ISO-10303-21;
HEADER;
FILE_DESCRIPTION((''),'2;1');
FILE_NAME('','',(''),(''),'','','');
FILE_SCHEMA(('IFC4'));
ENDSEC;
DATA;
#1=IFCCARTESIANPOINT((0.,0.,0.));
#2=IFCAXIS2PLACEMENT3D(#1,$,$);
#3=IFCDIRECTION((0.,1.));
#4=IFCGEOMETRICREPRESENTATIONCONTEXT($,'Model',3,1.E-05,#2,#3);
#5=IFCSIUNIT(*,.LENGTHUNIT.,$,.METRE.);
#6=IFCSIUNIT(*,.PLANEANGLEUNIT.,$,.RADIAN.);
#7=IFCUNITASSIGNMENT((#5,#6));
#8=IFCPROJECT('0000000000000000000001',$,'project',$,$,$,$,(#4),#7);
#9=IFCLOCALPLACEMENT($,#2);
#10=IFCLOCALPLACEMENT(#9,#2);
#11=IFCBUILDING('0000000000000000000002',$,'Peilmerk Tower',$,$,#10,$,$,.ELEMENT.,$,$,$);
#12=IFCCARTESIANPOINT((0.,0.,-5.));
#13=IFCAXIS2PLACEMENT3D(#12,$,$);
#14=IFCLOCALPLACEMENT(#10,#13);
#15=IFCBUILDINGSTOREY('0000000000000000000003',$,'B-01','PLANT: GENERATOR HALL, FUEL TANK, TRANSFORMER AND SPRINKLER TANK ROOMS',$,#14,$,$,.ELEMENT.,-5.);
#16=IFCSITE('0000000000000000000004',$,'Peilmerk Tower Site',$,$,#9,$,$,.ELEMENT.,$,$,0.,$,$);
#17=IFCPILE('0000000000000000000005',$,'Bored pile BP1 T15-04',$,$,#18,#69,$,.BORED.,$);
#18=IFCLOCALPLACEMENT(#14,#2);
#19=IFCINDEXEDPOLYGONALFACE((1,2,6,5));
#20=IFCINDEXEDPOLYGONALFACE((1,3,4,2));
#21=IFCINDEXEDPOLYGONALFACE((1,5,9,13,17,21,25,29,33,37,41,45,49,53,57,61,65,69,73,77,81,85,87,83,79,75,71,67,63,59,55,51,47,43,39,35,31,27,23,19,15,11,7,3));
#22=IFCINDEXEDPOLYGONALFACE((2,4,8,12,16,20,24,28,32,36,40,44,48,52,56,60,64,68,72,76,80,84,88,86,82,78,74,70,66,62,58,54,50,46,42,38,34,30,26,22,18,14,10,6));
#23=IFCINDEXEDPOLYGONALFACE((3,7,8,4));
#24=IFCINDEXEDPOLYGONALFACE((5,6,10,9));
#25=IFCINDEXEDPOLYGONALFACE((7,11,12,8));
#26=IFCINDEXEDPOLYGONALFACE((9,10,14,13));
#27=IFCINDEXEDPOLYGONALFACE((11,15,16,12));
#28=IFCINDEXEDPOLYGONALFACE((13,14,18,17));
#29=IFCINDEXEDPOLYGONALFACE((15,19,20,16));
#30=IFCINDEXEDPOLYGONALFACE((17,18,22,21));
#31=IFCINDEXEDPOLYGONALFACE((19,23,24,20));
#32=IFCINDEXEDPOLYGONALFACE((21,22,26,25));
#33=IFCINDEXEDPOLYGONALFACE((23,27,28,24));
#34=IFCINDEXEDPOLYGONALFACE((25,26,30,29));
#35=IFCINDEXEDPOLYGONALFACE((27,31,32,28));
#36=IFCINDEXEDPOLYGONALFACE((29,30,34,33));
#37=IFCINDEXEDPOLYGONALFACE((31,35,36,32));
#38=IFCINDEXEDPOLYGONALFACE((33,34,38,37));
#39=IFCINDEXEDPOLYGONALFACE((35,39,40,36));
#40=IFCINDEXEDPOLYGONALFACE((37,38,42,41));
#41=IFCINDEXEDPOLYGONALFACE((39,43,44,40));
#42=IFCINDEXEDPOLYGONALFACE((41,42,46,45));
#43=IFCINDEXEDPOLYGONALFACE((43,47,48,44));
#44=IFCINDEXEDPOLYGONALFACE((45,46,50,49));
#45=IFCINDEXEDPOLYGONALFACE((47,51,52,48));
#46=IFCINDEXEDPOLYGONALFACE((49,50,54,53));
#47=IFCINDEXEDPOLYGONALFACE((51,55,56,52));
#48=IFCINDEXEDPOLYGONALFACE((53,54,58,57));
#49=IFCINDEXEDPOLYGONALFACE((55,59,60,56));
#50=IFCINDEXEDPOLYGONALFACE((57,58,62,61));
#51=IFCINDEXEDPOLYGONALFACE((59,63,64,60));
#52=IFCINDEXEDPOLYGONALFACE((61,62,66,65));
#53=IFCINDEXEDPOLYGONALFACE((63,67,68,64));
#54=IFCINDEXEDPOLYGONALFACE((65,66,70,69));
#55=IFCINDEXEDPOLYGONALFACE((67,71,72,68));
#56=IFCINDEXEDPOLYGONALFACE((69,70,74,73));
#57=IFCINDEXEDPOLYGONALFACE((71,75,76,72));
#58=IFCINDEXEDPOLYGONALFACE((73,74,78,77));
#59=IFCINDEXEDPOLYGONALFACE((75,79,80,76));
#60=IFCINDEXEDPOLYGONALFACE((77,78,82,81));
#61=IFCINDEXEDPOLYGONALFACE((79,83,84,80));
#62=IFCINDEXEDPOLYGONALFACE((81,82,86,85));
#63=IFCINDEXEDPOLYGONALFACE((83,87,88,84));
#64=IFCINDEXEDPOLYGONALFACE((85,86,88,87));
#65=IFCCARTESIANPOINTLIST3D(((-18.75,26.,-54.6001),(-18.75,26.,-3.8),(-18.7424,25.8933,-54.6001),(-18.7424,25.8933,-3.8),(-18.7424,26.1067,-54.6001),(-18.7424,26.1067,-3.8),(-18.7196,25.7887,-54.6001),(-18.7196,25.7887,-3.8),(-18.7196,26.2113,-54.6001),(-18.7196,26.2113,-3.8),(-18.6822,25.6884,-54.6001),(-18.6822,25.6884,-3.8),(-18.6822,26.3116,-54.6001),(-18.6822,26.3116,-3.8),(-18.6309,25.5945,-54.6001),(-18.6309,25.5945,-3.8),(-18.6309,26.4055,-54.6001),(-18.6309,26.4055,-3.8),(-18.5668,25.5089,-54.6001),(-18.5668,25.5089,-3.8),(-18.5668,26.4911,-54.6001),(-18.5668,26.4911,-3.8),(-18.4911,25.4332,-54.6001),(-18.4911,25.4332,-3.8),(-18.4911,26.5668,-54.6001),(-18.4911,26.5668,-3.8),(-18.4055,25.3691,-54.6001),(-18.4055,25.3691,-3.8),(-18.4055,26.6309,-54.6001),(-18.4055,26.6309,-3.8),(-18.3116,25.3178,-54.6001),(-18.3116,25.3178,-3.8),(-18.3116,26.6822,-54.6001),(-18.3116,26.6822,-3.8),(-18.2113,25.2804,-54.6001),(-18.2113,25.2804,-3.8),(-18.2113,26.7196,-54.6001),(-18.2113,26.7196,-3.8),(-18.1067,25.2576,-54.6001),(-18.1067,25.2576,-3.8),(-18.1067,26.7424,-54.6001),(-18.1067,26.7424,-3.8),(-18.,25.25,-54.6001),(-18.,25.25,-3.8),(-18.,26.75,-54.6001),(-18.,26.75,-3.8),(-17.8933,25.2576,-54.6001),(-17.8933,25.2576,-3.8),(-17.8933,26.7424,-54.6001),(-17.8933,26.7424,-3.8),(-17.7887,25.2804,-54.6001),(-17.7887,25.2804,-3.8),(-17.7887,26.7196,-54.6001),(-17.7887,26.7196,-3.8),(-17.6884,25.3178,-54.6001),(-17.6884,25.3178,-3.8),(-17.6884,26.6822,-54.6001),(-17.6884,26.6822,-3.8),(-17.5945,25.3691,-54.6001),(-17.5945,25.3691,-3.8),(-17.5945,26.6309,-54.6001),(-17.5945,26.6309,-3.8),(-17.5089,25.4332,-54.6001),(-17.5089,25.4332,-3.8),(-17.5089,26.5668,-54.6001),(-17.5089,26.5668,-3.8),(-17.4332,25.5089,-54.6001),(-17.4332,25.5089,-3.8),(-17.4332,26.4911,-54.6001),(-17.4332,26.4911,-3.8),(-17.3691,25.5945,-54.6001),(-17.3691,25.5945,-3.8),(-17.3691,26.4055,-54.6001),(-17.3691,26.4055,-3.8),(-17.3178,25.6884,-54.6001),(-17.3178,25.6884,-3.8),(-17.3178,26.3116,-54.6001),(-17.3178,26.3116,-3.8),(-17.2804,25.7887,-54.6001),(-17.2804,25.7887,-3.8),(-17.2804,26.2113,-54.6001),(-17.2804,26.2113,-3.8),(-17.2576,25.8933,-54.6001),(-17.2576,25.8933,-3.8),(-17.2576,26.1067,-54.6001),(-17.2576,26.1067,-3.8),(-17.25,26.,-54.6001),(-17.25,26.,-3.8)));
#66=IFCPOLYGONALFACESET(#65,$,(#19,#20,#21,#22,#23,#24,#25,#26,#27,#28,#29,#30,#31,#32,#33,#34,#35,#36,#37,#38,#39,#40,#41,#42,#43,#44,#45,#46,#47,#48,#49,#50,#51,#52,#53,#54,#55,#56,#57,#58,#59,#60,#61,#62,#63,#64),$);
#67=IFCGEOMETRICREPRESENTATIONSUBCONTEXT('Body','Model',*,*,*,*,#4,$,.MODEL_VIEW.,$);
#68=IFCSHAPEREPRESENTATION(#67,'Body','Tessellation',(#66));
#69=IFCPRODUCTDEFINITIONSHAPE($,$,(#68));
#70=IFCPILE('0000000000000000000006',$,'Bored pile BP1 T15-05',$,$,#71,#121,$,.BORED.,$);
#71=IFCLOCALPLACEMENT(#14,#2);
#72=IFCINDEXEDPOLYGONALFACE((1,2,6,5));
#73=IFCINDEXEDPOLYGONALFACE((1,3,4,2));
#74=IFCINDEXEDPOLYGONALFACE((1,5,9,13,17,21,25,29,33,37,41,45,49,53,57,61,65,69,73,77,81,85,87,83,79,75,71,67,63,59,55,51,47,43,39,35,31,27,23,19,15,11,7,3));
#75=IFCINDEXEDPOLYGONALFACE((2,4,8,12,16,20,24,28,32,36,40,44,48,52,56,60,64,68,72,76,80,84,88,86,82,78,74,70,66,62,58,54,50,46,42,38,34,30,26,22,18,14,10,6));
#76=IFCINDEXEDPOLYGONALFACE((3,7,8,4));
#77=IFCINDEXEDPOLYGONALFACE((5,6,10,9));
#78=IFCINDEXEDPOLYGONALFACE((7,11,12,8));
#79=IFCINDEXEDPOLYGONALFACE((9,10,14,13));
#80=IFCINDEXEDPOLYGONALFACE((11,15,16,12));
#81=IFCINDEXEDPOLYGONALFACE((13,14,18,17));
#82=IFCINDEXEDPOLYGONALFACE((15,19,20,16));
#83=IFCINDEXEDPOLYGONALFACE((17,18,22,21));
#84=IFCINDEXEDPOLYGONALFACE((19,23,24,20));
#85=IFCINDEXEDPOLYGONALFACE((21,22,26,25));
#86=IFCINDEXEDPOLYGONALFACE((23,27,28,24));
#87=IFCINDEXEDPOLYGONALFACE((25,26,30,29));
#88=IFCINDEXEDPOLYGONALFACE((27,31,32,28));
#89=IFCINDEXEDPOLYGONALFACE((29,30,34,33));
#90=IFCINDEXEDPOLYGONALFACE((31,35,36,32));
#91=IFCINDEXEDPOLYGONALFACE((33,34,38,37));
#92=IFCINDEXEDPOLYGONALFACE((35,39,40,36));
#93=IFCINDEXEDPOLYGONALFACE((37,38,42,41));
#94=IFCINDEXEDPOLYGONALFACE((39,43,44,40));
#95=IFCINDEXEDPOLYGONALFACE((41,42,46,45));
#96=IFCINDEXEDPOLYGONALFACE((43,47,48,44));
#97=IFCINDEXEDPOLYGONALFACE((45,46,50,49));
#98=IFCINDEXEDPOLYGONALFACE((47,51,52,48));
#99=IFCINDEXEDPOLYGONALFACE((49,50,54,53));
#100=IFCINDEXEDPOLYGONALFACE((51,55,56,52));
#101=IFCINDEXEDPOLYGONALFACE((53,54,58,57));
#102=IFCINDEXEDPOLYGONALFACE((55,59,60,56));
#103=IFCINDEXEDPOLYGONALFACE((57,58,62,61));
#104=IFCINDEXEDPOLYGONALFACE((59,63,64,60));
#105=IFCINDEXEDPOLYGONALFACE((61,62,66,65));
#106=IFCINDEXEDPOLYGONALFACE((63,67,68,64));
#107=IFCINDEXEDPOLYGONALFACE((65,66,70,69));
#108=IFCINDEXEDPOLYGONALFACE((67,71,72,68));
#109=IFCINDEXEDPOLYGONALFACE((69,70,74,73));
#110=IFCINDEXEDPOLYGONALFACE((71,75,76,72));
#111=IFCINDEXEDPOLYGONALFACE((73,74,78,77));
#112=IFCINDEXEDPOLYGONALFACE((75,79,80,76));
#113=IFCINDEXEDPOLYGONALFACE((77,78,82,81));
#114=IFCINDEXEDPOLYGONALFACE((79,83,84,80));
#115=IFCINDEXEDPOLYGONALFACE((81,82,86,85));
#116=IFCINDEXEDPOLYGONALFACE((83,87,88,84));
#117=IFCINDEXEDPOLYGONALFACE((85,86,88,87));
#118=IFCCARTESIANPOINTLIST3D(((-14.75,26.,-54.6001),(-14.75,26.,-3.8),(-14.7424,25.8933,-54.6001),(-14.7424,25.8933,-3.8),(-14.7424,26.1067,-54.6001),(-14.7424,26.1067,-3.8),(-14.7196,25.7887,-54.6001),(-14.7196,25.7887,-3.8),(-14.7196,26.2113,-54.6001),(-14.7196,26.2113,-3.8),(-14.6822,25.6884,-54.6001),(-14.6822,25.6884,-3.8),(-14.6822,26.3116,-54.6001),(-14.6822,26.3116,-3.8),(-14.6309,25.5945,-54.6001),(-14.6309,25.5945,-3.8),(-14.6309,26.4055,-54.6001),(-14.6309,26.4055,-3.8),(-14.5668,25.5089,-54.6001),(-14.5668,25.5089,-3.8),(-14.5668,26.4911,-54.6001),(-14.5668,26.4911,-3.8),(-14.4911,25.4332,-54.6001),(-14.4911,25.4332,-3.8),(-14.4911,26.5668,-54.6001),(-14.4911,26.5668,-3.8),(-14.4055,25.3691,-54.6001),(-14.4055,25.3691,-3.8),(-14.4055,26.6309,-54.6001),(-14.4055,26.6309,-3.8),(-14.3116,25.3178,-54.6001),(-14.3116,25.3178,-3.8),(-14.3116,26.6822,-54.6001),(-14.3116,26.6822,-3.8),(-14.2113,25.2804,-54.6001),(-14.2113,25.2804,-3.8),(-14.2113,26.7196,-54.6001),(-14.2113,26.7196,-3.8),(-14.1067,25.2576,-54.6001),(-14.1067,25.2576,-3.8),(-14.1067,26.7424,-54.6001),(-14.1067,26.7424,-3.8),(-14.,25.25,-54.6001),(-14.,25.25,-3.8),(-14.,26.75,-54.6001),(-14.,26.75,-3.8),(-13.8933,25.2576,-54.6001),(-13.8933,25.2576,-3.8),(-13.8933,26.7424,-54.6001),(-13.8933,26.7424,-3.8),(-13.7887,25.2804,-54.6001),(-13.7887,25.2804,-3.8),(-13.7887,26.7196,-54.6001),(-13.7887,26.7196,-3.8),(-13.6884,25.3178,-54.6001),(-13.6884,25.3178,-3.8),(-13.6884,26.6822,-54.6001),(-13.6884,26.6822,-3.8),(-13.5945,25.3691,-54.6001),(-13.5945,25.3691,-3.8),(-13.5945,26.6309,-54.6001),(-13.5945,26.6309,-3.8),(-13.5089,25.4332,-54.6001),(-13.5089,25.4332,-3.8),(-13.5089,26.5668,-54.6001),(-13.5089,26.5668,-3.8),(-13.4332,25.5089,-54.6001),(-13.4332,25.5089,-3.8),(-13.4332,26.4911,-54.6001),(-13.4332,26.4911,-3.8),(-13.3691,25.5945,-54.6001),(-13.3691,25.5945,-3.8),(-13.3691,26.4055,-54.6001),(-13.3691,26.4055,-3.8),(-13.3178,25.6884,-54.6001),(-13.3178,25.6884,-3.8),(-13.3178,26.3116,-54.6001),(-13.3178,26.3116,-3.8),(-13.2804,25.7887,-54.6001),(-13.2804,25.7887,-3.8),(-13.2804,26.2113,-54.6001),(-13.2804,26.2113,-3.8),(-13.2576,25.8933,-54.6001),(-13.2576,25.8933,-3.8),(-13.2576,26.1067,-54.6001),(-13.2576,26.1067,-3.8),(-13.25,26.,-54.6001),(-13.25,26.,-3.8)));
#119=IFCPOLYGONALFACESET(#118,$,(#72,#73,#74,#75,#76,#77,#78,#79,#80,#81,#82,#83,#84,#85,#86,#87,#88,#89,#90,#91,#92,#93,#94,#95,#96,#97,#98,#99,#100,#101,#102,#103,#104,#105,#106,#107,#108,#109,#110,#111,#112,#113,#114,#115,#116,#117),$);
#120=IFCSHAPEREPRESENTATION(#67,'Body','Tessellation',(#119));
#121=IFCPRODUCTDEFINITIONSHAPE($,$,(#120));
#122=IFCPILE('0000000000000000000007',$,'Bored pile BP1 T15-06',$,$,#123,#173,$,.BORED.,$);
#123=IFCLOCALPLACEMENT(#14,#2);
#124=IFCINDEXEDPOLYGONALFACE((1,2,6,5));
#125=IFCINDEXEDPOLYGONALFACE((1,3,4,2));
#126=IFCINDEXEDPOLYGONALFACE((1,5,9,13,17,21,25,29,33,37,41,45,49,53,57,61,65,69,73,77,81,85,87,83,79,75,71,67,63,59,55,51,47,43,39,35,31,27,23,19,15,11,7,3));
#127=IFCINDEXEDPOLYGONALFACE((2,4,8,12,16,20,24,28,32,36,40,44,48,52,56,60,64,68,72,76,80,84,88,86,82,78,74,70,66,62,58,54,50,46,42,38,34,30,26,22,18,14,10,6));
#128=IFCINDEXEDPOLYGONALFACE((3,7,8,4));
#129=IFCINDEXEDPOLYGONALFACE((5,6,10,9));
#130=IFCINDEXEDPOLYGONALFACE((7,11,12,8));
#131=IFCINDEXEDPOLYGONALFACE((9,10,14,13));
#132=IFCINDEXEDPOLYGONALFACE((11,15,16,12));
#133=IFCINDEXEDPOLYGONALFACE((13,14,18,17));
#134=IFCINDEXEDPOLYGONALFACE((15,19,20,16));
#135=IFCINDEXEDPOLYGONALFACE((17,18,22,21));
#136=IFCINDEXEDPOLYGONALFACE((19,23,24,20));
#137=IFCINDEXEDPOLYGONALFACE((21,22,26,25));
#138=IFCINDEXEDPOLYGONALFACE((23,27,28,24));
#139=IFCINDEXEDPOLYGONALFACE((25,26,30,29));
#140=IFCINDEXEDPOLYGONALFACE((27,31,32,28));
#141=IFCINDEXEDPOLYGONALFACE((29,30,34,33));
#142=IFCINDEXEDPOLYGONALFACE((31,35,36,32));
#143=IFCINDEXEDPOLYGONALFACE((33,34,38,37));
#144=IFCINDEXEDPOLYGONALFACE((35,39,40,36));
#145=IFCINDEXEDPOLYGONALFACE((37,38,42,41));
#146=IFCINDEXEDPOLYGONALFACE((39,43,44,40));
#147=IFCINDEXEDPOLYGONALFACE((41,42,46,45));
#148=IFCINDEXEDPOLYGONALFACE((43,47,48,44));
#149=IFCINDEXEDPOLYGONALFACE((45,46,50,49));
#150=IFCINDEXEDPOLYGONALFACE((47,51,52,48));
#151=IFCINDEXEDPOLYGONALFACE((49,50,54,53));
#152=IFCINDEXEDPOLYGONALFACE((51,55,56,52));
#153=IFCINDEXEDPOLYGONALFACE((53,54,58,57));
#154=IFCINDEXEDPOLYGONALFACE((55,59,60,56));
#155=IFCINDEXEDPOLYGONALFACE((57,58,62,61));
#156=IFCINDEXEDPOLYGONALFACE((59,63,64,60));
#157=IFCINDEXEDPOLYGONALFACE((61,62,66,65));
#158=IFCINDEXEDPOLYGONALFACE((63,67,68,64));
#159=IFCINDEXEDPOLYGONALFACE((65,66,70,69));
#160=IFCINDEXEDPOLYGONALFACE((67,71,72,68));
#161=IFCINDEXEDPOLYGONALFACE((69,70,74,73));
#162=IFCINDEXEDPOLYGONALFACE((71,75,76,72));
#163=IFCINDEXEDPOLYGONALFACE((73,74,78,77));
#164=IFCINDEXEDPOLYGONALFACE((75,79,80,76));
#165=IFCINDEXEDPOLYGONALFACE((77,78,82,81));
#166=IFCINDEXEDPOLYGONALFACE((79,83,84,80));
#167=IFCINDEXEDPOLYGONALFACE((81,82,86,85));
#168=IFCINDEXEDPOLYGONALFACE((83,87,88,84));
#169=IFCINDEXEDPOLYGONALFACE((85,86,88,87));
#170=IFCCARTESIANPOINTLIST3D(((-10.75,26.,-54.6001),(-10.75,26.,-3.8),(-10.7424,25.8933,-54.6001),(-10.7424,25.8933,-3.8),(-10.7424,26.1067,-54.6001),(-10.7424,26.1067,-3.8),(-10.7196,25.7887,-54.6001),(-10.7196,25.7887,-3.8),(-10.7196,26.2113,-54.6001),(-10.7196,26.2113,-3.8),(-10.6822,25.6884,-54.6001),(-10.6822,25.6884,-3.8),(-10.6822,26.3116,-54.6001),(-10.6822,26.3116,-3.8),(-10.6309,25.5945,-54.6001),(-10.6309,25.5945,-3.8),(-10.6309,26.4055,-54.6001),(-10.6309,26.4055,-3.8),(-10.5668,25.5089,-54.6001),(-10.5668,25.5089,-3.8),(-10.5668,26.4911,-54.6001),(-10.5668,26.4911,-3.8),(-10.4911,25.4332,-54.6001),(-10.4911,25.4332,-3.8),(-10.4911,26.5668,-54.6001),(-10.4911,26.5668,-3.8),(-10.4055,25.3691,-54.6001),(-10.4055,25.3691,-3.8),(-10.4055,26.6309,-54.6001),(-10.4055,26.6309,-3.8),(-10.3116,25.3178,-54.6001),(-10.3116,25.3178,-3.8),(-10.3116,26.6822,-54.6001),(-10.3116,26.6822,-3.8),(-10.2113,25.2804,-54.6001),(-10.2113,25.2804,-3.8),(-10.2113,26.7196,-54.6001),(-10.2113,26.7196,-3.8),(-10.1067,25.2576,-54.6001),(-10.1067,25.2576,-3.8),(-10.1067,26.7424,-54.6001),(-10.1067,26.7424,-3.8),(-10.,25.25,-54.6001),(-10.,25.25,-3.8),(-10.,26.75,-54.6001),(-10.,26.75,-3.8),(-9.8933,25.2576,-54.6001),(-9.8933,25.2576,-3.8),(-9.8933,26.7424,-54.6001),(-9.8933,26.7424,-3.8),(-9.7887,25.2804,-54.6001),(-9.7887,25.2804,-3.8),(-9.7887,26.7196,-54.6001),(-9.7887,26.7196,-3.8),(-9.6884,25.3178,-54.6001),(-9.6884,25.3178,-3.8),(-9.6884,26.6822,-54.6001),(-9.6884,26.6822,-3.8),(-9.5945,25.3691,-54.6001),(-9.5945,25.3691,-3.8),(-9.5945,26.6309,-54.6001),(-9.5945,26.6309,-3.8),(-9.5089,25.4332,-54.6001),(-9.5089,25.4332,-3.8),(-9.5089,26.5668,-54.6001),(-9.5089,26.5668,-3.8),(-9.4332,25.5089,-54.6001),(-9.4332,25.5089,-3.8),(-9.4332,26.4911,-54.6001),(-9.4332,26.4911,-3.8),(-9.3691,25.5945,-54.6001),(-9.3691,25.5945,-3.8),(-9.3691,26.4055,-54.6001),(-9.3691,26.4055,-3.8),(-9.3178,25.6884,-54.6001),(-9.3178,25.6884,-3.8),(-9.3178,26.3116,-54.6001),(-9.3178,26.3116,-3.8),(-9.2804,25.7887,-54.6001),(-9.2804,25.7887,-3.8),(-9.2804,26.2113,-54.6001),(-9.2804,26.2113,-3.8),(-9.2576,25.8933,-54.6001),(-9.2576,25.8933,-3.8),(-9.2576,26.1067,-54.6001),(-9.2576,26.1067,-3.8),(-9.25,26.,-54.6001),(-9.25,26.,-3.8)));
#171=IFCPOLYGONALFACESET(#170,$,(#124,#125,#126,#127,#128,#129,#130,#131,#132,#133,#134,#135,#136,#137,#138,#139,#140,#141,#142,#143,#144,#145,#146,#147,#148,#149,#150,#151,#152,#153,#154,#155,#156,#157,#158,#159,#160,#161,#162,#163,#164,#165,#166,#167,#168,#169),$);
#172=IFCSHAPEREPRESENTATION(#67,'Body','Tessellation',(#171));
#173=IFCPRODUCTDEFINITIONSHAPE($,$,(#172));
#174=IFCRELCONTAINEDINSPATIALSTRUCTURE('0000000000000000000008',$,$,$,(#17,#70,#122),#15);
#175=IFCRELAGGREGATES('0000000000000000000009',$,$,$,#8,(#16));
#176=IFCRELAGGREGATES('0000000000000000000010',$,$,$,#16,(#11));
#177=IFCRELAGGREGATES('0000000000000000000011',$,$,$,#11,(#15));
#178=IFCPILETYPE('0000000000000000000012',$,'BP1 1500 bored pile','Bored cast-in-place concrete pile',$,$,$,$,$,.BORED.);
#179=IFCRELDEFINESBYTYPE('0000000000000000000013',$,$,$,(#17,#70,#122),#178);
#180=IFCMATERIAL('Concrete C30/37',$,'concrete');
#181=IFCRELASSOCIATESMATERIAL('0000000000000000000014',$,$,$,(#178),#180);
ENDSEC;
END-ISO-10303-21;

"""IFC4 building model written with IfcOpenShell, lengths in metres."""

from ifc_helpers import new_model, si_unit, direction, frame, origin, origin_2d, place, context, subcontext, project, spatial, circle, extrude, material, material_profile, profile_set, type_object, element, save


model = new_model("IFC4")

# Units and contexts
model_context = context("Model", 3, precision=1e-05, world=origin(), true_north=direction((0.0, 1.0)))
body_context = subcontext(model_context, "Body", "Model", "MODEL_VIEW")
ifc_project = project(units=[si_unit("LENGTHUNIT", "METRE"), si_unit("PLANEANGLEUNIT", "RADIAN")], contexts=[model_context])

# Site, building, storey
site_placement = place(None, origin())
site = spatial("IfcSite", under=ifc_project, at=site_placement, Name="Peilmerk Tower Site", CompositionType="ELEMENT", RefElevation=0.0)
building_placement = place(site_placement, origin())
building = spatial("IfcBuilding", under=site, at=building_placement, Name="Peilmerk Tower", CompositionType="ELEMENT")
storey_placement = place(building_placement, frame((0.0, 0.0, -5.0)))
storey = spatial("IfcBuildingStorey", under=building, at=storey_placement, Name="B-01", Description="PLANT: GENERATOR HALL, FUEL TANK, TRANSFORMER AND SPRINKLER TANK ROOMS", CompositionType="ELEMENT", Elevation=-5.0)

# Piles
ifc_material_1 = material(Name="Concrete C30/37", Category="concrete")
ifc_material_profile_1 = material_profile(ifc_material_1, circle(Radius=0.75, at=origin_2d()), Name="BP 1500")
ifc_profile_set_1 = profile_set([ifc_material_profile_1], Name="Concrete C30/37")
pile_type = type_object("IfcPileType", Name="BP1 1500 bored pile", Description="Bored cast-in-place concrete pile", PredefinedType="BORED", material=ifc_profile_set_1)
for number, where, z_axis, x_axis, name in (
    (1, (-18.0, 26.0, -3.8), (0.0, 0.0, -1.0), (1.0, 0.0, 0.0), "Bored pile BP1 T15-04"),
    (2, (-14.0, 26.0, -3.8), (0.0, 0.0, -1.0), (1.0, 0.0, 0.0), "Bored pile BP1 T15-05"),
    (3, (-10.0, 26.0, -3.8), (0.0, 0.0, -1.0), (1.0, 0.0, 0.0), "Bored pile BP1 T15-06"),
):
    element("IfcPile", number, at=place(storey_placement, frame(where, z_axis=z_axis, x_axis=x_axis)), inside=storey, type_object=pile_type, Name=name, PredefinedType="BORED", context=body_context, shape_type="SweptSolid", body=[
        extrude(circle(Radius=0.75, at=origin_2d()), origin(), (0.0, 0.0, 1.0), 50.8),
    ])

save(model, "model.ifc")
